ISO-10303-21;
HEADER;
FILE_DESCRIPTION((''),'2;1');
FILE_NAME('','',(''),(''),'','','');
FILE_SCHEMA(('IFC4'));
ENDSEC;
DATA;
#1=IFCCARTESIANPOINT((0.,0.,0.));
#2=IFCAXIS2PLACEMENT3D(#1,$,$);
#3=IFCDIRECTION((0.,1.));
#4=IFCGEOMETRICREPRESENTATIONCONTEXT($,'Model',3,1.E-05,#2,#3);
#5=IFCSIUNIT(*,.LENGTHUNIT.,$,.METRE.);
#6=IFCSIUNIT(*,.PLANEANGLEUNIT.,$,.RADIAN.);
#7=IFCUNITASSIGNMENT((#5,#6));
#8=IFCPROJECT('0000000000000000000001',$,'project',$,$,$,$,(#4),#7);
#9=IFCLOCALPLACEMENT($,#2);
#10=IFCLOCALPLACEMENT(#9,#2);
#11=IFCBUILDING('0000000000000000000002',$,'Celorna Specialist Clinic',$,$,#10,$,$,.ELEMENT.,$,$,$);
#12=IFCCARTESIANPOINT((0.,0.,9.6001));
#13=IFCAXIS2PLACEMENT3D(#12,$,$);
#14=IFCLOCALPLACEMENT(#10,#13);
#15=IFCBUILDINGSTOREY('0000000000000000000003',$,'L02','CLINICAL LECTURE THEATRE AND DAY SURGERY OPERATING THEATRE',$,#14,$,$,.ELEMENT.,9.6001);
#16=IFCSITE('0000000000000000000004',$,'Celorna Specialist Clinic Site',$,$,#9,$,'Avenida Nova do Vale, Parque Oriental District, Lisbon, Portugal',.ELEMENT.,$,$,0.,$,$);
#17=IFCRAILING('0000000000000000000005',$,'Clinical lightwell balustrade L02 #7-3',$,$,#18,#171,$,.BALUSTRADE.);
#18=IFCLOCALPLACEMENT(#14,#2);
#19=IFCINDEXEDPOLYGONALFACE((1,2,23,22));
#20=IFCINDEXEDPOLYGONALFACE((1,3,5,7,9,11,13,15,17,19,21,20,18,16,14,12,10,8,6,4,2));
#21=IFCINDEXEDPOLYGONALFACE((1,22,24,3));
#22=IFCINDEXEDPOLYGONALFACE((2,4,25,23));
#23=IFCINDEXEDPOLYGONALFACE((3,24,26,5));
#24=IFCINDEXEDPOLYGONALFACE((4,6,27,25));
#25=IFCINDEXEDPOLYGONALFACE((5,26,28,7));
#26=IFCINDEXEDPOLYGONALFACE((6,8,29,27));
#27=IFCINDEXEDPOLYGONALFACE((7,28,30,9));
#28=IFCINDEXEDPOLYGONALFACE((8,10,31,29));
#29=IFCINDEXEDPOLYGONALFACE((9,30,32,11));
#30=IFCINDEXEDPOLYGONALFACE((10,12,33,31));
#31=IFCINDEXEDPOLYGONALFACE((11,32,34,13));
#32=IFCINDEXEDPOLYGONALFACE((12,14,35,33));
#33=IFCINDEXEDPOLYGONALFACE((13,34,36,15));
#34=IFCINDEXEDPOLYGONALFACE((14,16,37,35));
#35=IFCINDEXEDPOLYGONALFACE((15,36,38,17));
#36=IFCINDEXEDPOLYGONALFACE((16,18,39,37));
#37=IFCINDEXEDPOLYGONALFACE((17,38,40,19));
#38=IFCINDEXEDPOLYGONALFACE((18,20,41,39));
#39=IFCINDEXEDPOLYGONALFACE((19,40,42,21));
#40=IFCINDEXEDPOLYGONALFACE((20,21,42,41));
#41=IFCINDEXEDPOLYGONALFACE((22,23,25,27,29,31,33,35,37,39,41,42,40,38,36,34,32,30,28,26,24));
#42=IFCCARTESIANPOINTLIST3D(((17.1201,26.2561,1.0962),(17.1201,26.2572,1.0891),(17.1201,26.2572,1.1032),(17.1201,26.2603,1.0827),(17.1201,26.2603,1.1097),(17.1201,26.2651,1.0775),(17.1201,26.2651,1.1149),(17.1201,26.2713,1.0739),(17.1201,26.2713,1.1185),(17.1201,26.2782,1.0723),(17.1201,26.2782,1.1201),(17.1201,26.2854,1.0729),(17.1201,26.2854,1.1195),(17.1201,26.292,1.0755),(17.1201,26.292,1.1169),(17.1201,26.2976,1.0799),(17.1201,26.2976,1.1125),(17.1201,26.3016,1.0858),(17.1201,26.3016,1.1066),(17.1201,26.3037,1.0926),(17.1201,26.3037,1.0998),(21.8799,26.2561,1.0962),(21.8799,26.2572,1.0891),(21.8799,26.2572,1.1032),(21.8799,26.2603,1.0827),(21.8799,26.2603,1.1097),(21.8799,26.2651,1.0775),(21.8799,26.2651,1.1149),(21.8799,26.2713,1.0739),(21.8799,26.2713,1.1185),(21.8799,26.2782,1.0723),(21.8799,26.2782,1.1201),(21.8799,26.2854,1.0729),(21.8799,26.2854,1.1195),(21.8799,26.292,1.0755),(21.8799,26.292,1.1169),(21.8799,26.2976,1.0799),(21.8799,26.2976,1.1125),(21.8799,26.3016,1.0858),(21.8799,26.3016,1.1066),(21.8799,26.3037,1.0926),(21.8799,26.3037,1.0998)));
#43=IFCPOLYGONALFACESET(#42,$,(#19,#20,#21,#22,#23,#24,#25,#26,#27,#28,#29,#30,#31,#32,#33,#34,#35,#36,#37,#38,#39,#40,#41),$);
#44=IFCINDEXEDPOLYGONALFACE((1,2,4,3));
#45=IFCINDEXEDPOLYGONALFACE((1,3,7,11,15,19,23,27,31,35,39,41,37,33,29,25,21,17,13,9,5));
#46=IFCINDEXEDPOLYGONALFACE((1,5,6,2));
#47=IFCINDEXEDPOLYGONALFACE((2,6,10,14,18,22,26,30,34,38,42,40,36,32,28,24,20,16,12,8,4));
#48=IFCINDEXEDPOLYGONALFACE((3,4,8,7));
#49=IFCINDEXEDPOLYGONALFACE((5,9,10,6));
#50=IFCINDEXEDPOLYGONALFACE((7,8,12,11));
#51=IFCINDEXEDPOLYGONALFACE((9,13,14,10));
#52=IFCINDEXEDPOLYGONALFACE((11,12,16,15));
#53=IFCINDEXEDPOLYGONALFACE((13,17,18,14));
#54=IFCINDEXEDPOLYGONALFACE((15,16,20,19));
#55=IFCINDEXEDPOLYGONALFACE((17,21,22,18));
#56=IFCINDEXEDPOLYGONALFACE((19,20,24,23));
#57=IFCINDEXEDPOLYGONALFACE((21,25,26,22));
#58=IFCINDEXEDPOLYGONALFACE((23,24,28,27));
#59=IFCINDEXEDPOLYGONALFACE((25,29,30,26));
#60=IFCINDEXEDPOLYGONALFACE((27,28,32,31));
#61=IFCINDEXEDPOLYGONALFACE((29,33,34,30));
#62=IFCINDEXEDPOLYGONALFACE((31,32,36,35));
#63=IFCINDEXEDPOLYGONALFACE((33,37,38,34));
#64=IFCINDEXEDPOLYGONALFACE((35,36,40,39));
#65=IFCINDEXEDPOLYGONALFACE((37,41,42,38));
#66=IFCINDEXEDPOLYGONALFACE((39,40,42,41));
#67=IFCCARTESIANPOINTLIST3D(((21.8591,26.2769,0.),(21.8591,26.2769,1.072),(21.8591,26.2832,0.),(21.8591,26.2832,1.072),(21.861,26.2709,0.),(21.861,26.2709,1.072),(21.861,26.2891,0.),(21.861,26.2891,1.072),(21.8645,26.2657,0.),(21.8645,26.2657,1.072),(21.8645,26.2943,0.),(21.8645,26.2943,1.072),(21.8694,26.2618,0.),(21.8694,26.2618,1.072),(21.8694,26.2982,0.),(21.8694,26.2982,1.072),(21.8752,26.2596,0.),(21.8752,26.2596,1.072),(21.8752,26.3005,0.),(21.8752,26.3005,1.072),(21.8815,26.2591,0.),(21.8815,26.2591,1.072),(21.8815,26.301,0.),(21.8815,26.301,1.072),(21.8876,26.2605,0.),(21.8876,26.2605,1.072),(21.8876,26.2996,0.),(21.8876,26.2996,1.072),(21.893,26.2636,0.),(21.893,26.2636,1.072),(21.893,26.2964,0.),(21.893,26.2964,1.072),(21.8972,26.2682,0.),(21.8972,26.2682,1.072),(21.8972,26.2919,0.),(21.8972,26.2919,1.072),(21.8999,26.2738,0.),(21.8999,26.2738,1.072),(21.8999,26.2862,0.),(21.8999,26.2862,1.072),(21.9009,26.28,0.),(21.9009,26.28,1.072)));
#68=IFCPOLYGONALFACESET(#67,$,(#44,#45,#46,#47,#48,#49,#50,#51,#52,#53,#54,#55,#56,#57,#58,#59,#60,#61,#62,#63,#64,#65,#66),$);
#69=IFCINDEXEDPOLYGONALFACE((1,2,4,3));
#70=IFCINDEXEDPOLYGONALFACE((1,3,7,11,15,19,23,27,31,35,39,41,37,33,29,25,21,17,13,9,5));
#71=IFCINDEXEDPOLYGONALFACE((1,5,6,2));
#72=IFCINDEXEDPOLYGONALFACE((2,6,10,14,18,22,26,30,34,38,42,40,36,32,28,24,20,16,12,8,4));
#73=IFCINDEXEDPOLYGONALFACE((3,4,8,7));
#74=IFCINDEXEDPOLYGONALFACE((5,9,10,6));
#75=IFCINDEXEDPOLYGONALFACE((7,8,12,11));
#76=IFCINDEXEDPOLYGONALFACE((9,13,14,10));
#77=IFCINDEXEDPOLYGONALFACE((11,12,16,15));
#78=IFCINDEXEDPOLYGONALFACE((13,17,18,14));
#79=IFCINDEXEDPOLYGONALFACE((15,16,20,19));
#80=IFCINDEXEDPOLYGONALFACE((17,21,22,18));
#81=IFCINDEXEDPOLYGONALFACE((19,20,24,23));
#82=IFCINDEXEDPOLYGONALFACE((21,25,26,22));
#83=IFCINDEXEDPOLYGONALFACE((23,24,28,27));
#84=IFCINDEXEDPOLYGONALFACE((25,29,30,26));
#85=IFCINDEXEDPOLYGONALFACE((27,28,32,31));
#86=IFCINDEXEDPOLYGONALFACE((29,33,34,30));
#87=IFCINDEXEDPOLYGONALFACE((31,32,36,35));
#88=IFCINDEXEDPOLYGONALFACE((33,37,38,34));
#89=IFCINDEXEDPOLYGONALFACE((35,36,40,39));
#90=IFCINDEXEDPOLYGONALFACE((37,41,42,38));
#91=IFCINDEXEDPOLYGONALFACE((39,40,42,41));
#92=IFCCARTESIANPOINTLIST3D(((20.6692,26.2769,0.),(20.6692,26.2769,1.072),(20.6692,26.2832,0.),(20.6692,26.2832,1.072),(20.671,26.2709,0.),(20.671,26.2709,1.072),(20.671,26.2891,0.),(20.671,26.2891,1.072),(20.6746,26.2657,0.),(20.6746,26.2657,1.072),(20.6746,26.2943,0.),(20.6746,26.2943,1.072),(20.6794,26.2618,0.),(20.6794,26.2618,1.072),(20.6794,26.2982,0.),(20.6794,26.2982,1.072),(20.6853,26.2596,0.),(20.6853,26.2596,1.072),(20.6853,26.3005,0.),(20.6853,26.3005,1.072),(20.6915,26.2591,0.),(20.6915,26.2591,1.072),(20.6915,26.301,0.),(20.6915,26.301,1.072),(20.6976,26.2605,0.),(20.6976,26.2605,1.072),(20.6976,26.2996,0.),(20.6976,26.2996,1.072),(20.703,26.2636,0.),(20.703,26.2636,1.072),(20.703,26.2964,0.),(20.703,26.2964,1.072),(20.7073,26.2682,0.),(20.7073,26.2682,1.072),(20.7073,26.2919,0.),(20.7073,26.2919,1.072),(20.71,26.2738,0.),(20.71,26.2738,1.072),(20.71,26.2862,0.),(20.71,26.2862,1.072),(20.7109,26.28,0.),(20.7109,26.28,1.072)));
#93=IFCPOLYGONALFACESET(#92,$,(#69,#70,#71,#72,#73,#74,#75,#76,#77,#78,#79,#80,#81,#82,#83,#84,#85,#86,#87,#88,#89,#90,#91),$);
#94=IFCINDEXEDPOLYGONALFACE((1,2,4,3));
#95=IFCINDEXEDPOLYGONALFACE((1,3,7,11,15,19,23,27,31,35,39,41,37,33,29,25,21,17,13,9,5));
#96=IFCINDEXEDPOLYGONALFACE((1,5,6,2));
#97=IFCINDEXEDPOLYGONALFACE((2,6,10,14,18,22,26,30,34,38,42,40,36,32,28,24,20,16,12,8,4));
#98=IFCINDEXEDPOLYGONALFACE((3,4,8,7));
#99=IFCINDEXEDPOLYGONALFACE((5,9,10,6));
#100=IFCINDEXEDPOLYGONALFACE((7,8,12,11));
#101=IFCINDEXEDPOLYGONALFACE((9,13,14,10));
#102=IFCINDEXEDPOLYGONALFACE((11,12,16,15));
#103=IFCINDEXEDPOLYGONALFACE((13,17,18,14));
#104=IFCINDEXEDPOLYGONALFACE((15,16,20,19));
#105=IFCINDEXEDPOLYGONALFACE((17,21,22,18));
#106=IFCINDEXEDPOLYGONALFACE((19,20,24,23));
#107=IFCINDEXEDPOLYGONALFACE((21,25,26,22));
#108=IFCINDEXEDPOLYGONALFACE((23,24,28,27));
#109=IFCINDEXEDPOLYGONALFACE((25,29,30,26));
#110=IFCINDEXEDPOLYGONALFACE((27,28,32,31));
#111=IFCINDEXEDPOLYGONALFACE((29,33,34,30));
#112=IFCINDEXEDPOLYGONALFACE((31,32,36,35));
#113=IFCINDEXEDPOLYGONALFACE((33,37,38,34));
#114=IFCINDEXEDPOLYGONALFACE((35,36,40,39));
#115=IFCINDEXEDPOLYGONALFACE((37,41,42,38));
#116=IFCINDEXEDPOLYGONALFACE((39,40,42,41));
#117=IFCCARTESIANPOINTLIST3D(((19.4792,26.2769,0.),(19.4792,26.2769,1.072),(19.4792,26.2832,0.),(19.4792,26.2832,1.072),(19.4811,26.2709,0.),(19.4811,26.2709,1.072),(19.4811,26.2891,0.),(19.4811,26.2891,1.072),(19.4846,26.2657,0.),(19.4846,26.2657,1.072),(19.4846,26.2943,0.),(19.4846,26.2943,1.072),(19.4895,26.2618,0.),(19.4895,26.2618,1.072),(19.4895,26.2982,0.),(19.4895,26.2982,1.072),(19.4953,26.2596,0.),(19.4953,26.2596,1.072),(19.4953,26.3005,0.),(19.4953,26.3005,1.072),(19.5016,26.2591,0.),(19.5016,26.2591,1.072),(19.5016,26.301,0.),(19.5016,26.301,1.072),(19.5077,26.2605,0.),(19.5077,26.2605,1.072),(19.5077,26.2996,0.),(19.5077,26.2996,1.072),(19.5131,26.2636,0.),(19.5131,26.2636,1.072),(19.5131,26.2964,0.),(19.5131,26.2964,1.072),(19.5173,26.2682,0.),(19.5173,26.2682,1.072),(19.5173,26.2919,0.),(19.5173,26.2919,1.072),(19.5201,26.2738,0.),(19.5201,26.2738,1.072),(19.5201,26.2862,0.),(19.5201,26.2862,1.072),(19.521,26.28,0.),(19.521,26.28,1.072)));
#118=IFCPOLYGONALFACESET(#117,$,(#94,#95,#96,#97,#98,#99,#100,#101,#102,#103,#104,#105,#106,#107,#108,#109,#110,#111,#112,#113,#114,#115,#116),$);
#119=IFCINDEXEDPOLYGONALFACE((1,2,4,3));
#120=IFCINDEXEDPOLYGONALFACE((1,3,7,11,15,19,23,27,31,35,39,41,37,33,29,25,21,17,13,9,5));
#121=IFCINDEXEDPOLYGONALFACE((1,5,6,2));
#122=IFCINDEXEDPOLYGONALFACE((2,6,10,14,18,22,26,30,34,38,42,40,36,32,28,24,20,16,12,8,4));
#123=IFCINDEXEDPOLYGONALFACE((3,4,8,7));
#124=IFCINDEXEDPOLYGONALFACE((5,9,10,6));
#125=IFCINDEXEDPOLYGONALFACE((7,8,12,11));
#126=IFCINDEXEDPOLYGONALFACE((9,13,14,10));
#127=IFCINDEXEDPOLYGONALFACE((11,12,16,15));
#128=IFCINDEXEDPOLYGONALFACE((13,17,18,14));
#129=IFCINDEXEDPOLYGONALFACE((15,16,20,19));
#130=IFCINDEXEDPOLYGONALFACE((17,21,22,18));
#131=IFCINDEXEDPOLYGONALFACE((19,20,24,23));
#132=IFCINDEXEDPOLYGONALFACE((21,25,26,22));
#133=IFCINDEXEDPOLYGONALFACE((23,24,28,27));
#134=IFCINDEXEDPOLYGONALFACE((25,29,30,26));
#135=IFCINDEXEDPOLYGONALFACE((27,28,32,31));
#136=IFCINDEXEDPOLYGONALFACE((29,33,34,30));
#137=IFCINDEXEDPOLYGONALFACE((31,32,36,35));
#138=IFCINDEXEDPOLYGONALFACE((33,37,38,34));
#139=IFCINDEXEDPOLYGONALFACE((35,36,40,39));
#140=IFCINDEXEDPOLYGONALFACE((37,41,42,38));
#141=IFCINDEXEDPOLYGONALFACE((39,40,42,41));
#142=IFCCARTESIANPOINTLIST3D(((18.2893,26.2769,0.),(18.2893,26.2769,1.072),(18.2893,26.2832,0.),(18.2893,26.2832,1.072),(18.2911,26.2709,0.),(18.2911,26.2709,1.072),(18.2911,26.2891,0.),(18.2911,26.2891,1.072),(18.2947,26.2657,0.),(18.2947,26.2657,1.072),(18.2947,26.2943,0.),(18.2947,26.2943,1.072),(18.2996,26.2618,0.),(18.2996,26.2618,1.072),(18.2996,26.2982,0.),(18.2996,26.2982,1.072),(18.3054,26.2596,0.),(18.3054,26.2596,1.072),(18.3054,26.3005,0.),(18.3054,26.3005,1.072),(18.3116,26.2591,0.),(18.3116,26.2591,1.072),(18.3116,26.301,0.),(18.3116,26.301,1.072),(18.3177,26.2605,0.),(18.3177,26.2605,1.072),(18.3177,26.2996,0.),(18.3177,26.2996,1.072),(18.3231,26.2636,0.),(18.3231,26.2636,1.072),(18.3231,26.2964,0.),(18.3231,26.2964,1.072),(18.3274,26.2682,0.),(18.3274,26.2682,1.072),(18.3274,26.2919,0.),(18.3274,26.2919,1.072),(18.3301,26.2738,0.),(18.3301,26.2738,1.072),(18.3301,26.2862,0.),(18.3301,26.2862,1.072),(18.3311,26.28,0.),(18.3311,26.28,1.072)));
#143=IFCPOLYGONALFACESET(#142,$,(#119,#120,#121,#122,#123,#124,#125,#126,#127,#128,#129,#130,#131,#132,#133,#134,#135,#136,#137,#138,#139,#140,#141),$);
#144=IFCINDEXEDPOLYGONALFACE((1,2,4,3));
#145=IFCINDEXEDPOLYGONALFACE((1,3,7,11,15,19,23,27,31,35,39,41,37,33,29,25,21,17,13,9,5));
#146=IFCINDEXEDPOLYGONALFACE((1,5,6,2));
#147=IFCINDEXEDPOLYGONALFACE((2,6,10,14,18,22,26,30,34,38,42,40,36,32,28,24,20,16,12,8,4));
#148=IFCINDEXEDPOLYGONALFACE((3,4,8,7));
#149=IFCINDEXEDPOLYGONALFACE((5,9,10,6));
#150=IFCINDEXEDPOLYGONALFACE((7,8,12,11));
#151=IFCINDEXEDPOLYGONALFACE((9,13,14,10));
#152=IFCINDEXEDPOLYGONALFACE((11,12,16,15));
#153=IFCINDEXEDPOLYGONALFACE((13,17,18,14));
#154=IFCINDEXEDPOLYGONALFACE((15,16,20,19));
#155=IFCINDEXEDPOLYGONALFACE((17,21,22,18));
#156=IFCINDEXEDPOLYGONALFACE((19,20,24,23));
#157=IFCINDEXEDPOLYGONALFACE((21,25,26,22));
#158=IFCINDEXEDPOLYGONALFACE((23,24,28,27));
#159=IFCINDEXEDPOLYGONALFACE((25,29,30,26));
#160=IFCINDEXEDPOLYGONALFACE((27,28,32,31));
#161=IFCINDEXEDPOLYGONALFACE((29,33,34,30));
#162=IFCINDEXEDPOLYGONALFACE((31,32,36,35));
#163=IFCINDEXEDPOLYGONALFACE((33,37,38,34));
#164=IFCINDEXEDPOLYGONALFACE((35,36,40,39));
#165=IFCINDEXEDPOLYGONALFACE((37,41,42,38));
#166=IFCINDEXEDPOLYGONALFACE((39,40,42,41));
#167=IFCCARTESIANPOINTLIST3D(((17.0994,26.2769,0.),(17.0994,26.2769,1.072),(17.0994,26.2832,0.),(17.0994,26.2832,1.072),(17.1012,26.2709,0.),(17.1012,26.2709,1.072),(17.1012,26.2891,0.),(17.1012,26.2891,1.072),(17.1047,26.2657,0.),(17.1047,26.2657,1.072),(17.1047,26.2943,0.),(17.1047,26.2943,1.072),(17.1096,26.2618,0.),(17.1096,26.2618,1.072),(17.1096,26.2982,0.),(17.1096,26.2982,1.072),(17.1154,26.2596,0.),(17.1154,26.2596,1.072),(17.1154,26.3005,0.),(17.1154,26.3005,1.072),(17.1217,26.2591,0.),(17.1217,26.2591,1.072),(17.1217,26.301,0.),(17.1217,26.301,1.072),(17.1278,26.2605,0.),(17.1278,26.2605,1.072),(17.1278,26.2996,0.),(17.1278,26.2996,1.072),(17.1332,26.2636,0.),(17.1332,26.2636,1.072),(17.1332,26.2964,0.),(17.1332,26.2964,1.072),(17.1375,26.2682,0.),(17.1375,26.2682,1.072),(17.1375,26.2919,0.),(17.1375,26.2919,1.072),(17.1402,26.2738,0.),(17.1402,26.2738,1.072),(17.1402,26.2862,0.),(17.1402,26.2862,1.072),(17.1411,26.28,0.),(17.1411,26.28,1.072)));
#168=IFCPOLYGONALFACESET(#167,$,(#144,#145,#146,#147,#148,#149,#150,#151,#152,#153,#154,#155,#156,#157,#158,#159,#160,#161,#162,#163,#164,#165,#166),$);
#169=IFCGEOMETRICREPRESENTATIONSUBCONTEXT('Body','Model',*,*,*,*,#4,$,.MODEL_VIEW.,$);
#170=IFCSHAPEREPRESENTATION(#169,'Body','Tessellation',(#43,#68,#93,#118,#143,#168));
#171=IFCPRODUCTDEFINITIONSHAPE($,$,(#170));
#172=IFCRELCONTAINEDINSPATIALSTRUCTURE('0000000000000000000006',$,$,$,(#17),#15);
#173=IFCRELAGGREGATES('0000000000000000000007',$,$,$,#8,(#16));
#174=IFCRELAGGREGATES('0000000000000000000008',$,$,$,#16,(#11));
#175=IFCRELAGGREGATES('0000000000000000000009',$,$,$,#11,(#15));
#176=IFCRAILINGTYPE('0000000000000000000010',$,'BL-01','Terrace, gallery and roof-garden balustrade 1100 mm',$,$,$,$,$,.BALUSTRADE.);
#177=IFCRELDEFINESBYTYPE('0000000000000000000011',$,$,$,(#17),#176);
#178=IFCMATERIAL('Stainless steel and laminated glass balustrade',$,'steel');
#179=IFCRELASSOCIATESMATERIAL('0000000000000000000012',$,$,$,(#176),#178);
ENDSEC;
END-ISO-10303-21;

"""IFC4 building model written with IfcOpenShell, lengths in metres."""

from ifc_helpers import new_model, si_unit, direction, frame, origin, origin_2d, place, context, subcontext, project, spatial, circle, extrude, material, type_object, element, save


model = new_model("IFC4")

# Units and contexts
model_context = context("Model", 3, precision=1e-05, world=origin(), true_north=direction((0.0, 1.0)))
body_context = subcontext(model_context, "Body", "Model", "MODEL_VIEW")
ifc_project = project(units=[si_unit("LENGTHUNIT", "METRE"), si_unit("PLANEANGLEUNIT", "RADIAN")], contexts=[model_context])

# Site, building, storey
site_placement = place(None, origin())
site = spatial("IfcSite", under=ifc_project, at=site_placement, Name="Celorna Specialist Clinic Site", LongName="Avenida Nova do Vale, Parque Oriental District, Lisbon, Portugal", CompositionType="ELEMENT", RefElevation=0.0)
building_placement = place(site_placement, origin())
building = spatial("IfcBuilding", under=site, at=building_placement, Name="Celorna Specialist Clinic", CompositionType="ELEMENT")
storey_placement = place(building_placement, frame((0.0, 0.0, 9.6001)))
storey = spatial("IfcBuildingStorey", under=building, at=storey_placement, Name="L02", Description="CLINICAL LECTURE THEATRE AND DAY SURGERY OPERATING THEATRE", CompositionType="ELEMENT", Elevation=9.6001)

# Railing
ifc_material_1 = material(Name="Stainless steel and laminated glass balustrade", Category="steel")
railing_type = type_object("IfcRailingType", Name="BL-01", Description="Terrace, gallery and roof-garden balustrade 1100 mm", PredefinedType="BALUSTRADE", material=ifc_material_1)
railing_1_placement = place(storey_placement, frame((21.8799, 26.28, 0.0)))
element("IfcRailing", 1, at=railing_1_placement, inside=storey, type_object=railing_type, Name="Clinical lightwell balustrade L02 #7-3", PredefinedType="BALUSTRADE", context=body_context, shape_type="SweptSolid", body=[
    extrude(circle(Radius=0.0239, at=origin_2d()), frame((0.0, 0.0, 1.0962), z_axis=(-1.0, 0.0, 0.0), x_axis=(0.0, -1.0, 0.0)), (0.0, 0.0, 1.0), 4.7598),
    extrude(circle(Radius=0.021, at=origin_2d()), origin(), (0.0, 0.0, 1.0), 1.072),
    extrude(circle(Radius=0.021, at=origin_2d()), frame((-1.1899, 0.0, 0.0)), (0.0, 0.0, 1.0), 1.072),
    extrude(circle(Radius=0.021, at=origin_2d()), frame((-2.3799, 0.0, 0.0)), (0.0, 0.0, 1.0), 1.072),
    extrude(circle(Radius=0.021, at=origin_2d()), frame((-3.5698, 0.0, 0.0)), (0.0, 0.0, 1.0), 1.072),
    extrude(circle(Radius=0.021, at=origin_2d()), frame((-4.7598, 0.0, 0.0)), (0.0, 0.0, 1.0), 1.072),
])

save(model, "model.ifc")
